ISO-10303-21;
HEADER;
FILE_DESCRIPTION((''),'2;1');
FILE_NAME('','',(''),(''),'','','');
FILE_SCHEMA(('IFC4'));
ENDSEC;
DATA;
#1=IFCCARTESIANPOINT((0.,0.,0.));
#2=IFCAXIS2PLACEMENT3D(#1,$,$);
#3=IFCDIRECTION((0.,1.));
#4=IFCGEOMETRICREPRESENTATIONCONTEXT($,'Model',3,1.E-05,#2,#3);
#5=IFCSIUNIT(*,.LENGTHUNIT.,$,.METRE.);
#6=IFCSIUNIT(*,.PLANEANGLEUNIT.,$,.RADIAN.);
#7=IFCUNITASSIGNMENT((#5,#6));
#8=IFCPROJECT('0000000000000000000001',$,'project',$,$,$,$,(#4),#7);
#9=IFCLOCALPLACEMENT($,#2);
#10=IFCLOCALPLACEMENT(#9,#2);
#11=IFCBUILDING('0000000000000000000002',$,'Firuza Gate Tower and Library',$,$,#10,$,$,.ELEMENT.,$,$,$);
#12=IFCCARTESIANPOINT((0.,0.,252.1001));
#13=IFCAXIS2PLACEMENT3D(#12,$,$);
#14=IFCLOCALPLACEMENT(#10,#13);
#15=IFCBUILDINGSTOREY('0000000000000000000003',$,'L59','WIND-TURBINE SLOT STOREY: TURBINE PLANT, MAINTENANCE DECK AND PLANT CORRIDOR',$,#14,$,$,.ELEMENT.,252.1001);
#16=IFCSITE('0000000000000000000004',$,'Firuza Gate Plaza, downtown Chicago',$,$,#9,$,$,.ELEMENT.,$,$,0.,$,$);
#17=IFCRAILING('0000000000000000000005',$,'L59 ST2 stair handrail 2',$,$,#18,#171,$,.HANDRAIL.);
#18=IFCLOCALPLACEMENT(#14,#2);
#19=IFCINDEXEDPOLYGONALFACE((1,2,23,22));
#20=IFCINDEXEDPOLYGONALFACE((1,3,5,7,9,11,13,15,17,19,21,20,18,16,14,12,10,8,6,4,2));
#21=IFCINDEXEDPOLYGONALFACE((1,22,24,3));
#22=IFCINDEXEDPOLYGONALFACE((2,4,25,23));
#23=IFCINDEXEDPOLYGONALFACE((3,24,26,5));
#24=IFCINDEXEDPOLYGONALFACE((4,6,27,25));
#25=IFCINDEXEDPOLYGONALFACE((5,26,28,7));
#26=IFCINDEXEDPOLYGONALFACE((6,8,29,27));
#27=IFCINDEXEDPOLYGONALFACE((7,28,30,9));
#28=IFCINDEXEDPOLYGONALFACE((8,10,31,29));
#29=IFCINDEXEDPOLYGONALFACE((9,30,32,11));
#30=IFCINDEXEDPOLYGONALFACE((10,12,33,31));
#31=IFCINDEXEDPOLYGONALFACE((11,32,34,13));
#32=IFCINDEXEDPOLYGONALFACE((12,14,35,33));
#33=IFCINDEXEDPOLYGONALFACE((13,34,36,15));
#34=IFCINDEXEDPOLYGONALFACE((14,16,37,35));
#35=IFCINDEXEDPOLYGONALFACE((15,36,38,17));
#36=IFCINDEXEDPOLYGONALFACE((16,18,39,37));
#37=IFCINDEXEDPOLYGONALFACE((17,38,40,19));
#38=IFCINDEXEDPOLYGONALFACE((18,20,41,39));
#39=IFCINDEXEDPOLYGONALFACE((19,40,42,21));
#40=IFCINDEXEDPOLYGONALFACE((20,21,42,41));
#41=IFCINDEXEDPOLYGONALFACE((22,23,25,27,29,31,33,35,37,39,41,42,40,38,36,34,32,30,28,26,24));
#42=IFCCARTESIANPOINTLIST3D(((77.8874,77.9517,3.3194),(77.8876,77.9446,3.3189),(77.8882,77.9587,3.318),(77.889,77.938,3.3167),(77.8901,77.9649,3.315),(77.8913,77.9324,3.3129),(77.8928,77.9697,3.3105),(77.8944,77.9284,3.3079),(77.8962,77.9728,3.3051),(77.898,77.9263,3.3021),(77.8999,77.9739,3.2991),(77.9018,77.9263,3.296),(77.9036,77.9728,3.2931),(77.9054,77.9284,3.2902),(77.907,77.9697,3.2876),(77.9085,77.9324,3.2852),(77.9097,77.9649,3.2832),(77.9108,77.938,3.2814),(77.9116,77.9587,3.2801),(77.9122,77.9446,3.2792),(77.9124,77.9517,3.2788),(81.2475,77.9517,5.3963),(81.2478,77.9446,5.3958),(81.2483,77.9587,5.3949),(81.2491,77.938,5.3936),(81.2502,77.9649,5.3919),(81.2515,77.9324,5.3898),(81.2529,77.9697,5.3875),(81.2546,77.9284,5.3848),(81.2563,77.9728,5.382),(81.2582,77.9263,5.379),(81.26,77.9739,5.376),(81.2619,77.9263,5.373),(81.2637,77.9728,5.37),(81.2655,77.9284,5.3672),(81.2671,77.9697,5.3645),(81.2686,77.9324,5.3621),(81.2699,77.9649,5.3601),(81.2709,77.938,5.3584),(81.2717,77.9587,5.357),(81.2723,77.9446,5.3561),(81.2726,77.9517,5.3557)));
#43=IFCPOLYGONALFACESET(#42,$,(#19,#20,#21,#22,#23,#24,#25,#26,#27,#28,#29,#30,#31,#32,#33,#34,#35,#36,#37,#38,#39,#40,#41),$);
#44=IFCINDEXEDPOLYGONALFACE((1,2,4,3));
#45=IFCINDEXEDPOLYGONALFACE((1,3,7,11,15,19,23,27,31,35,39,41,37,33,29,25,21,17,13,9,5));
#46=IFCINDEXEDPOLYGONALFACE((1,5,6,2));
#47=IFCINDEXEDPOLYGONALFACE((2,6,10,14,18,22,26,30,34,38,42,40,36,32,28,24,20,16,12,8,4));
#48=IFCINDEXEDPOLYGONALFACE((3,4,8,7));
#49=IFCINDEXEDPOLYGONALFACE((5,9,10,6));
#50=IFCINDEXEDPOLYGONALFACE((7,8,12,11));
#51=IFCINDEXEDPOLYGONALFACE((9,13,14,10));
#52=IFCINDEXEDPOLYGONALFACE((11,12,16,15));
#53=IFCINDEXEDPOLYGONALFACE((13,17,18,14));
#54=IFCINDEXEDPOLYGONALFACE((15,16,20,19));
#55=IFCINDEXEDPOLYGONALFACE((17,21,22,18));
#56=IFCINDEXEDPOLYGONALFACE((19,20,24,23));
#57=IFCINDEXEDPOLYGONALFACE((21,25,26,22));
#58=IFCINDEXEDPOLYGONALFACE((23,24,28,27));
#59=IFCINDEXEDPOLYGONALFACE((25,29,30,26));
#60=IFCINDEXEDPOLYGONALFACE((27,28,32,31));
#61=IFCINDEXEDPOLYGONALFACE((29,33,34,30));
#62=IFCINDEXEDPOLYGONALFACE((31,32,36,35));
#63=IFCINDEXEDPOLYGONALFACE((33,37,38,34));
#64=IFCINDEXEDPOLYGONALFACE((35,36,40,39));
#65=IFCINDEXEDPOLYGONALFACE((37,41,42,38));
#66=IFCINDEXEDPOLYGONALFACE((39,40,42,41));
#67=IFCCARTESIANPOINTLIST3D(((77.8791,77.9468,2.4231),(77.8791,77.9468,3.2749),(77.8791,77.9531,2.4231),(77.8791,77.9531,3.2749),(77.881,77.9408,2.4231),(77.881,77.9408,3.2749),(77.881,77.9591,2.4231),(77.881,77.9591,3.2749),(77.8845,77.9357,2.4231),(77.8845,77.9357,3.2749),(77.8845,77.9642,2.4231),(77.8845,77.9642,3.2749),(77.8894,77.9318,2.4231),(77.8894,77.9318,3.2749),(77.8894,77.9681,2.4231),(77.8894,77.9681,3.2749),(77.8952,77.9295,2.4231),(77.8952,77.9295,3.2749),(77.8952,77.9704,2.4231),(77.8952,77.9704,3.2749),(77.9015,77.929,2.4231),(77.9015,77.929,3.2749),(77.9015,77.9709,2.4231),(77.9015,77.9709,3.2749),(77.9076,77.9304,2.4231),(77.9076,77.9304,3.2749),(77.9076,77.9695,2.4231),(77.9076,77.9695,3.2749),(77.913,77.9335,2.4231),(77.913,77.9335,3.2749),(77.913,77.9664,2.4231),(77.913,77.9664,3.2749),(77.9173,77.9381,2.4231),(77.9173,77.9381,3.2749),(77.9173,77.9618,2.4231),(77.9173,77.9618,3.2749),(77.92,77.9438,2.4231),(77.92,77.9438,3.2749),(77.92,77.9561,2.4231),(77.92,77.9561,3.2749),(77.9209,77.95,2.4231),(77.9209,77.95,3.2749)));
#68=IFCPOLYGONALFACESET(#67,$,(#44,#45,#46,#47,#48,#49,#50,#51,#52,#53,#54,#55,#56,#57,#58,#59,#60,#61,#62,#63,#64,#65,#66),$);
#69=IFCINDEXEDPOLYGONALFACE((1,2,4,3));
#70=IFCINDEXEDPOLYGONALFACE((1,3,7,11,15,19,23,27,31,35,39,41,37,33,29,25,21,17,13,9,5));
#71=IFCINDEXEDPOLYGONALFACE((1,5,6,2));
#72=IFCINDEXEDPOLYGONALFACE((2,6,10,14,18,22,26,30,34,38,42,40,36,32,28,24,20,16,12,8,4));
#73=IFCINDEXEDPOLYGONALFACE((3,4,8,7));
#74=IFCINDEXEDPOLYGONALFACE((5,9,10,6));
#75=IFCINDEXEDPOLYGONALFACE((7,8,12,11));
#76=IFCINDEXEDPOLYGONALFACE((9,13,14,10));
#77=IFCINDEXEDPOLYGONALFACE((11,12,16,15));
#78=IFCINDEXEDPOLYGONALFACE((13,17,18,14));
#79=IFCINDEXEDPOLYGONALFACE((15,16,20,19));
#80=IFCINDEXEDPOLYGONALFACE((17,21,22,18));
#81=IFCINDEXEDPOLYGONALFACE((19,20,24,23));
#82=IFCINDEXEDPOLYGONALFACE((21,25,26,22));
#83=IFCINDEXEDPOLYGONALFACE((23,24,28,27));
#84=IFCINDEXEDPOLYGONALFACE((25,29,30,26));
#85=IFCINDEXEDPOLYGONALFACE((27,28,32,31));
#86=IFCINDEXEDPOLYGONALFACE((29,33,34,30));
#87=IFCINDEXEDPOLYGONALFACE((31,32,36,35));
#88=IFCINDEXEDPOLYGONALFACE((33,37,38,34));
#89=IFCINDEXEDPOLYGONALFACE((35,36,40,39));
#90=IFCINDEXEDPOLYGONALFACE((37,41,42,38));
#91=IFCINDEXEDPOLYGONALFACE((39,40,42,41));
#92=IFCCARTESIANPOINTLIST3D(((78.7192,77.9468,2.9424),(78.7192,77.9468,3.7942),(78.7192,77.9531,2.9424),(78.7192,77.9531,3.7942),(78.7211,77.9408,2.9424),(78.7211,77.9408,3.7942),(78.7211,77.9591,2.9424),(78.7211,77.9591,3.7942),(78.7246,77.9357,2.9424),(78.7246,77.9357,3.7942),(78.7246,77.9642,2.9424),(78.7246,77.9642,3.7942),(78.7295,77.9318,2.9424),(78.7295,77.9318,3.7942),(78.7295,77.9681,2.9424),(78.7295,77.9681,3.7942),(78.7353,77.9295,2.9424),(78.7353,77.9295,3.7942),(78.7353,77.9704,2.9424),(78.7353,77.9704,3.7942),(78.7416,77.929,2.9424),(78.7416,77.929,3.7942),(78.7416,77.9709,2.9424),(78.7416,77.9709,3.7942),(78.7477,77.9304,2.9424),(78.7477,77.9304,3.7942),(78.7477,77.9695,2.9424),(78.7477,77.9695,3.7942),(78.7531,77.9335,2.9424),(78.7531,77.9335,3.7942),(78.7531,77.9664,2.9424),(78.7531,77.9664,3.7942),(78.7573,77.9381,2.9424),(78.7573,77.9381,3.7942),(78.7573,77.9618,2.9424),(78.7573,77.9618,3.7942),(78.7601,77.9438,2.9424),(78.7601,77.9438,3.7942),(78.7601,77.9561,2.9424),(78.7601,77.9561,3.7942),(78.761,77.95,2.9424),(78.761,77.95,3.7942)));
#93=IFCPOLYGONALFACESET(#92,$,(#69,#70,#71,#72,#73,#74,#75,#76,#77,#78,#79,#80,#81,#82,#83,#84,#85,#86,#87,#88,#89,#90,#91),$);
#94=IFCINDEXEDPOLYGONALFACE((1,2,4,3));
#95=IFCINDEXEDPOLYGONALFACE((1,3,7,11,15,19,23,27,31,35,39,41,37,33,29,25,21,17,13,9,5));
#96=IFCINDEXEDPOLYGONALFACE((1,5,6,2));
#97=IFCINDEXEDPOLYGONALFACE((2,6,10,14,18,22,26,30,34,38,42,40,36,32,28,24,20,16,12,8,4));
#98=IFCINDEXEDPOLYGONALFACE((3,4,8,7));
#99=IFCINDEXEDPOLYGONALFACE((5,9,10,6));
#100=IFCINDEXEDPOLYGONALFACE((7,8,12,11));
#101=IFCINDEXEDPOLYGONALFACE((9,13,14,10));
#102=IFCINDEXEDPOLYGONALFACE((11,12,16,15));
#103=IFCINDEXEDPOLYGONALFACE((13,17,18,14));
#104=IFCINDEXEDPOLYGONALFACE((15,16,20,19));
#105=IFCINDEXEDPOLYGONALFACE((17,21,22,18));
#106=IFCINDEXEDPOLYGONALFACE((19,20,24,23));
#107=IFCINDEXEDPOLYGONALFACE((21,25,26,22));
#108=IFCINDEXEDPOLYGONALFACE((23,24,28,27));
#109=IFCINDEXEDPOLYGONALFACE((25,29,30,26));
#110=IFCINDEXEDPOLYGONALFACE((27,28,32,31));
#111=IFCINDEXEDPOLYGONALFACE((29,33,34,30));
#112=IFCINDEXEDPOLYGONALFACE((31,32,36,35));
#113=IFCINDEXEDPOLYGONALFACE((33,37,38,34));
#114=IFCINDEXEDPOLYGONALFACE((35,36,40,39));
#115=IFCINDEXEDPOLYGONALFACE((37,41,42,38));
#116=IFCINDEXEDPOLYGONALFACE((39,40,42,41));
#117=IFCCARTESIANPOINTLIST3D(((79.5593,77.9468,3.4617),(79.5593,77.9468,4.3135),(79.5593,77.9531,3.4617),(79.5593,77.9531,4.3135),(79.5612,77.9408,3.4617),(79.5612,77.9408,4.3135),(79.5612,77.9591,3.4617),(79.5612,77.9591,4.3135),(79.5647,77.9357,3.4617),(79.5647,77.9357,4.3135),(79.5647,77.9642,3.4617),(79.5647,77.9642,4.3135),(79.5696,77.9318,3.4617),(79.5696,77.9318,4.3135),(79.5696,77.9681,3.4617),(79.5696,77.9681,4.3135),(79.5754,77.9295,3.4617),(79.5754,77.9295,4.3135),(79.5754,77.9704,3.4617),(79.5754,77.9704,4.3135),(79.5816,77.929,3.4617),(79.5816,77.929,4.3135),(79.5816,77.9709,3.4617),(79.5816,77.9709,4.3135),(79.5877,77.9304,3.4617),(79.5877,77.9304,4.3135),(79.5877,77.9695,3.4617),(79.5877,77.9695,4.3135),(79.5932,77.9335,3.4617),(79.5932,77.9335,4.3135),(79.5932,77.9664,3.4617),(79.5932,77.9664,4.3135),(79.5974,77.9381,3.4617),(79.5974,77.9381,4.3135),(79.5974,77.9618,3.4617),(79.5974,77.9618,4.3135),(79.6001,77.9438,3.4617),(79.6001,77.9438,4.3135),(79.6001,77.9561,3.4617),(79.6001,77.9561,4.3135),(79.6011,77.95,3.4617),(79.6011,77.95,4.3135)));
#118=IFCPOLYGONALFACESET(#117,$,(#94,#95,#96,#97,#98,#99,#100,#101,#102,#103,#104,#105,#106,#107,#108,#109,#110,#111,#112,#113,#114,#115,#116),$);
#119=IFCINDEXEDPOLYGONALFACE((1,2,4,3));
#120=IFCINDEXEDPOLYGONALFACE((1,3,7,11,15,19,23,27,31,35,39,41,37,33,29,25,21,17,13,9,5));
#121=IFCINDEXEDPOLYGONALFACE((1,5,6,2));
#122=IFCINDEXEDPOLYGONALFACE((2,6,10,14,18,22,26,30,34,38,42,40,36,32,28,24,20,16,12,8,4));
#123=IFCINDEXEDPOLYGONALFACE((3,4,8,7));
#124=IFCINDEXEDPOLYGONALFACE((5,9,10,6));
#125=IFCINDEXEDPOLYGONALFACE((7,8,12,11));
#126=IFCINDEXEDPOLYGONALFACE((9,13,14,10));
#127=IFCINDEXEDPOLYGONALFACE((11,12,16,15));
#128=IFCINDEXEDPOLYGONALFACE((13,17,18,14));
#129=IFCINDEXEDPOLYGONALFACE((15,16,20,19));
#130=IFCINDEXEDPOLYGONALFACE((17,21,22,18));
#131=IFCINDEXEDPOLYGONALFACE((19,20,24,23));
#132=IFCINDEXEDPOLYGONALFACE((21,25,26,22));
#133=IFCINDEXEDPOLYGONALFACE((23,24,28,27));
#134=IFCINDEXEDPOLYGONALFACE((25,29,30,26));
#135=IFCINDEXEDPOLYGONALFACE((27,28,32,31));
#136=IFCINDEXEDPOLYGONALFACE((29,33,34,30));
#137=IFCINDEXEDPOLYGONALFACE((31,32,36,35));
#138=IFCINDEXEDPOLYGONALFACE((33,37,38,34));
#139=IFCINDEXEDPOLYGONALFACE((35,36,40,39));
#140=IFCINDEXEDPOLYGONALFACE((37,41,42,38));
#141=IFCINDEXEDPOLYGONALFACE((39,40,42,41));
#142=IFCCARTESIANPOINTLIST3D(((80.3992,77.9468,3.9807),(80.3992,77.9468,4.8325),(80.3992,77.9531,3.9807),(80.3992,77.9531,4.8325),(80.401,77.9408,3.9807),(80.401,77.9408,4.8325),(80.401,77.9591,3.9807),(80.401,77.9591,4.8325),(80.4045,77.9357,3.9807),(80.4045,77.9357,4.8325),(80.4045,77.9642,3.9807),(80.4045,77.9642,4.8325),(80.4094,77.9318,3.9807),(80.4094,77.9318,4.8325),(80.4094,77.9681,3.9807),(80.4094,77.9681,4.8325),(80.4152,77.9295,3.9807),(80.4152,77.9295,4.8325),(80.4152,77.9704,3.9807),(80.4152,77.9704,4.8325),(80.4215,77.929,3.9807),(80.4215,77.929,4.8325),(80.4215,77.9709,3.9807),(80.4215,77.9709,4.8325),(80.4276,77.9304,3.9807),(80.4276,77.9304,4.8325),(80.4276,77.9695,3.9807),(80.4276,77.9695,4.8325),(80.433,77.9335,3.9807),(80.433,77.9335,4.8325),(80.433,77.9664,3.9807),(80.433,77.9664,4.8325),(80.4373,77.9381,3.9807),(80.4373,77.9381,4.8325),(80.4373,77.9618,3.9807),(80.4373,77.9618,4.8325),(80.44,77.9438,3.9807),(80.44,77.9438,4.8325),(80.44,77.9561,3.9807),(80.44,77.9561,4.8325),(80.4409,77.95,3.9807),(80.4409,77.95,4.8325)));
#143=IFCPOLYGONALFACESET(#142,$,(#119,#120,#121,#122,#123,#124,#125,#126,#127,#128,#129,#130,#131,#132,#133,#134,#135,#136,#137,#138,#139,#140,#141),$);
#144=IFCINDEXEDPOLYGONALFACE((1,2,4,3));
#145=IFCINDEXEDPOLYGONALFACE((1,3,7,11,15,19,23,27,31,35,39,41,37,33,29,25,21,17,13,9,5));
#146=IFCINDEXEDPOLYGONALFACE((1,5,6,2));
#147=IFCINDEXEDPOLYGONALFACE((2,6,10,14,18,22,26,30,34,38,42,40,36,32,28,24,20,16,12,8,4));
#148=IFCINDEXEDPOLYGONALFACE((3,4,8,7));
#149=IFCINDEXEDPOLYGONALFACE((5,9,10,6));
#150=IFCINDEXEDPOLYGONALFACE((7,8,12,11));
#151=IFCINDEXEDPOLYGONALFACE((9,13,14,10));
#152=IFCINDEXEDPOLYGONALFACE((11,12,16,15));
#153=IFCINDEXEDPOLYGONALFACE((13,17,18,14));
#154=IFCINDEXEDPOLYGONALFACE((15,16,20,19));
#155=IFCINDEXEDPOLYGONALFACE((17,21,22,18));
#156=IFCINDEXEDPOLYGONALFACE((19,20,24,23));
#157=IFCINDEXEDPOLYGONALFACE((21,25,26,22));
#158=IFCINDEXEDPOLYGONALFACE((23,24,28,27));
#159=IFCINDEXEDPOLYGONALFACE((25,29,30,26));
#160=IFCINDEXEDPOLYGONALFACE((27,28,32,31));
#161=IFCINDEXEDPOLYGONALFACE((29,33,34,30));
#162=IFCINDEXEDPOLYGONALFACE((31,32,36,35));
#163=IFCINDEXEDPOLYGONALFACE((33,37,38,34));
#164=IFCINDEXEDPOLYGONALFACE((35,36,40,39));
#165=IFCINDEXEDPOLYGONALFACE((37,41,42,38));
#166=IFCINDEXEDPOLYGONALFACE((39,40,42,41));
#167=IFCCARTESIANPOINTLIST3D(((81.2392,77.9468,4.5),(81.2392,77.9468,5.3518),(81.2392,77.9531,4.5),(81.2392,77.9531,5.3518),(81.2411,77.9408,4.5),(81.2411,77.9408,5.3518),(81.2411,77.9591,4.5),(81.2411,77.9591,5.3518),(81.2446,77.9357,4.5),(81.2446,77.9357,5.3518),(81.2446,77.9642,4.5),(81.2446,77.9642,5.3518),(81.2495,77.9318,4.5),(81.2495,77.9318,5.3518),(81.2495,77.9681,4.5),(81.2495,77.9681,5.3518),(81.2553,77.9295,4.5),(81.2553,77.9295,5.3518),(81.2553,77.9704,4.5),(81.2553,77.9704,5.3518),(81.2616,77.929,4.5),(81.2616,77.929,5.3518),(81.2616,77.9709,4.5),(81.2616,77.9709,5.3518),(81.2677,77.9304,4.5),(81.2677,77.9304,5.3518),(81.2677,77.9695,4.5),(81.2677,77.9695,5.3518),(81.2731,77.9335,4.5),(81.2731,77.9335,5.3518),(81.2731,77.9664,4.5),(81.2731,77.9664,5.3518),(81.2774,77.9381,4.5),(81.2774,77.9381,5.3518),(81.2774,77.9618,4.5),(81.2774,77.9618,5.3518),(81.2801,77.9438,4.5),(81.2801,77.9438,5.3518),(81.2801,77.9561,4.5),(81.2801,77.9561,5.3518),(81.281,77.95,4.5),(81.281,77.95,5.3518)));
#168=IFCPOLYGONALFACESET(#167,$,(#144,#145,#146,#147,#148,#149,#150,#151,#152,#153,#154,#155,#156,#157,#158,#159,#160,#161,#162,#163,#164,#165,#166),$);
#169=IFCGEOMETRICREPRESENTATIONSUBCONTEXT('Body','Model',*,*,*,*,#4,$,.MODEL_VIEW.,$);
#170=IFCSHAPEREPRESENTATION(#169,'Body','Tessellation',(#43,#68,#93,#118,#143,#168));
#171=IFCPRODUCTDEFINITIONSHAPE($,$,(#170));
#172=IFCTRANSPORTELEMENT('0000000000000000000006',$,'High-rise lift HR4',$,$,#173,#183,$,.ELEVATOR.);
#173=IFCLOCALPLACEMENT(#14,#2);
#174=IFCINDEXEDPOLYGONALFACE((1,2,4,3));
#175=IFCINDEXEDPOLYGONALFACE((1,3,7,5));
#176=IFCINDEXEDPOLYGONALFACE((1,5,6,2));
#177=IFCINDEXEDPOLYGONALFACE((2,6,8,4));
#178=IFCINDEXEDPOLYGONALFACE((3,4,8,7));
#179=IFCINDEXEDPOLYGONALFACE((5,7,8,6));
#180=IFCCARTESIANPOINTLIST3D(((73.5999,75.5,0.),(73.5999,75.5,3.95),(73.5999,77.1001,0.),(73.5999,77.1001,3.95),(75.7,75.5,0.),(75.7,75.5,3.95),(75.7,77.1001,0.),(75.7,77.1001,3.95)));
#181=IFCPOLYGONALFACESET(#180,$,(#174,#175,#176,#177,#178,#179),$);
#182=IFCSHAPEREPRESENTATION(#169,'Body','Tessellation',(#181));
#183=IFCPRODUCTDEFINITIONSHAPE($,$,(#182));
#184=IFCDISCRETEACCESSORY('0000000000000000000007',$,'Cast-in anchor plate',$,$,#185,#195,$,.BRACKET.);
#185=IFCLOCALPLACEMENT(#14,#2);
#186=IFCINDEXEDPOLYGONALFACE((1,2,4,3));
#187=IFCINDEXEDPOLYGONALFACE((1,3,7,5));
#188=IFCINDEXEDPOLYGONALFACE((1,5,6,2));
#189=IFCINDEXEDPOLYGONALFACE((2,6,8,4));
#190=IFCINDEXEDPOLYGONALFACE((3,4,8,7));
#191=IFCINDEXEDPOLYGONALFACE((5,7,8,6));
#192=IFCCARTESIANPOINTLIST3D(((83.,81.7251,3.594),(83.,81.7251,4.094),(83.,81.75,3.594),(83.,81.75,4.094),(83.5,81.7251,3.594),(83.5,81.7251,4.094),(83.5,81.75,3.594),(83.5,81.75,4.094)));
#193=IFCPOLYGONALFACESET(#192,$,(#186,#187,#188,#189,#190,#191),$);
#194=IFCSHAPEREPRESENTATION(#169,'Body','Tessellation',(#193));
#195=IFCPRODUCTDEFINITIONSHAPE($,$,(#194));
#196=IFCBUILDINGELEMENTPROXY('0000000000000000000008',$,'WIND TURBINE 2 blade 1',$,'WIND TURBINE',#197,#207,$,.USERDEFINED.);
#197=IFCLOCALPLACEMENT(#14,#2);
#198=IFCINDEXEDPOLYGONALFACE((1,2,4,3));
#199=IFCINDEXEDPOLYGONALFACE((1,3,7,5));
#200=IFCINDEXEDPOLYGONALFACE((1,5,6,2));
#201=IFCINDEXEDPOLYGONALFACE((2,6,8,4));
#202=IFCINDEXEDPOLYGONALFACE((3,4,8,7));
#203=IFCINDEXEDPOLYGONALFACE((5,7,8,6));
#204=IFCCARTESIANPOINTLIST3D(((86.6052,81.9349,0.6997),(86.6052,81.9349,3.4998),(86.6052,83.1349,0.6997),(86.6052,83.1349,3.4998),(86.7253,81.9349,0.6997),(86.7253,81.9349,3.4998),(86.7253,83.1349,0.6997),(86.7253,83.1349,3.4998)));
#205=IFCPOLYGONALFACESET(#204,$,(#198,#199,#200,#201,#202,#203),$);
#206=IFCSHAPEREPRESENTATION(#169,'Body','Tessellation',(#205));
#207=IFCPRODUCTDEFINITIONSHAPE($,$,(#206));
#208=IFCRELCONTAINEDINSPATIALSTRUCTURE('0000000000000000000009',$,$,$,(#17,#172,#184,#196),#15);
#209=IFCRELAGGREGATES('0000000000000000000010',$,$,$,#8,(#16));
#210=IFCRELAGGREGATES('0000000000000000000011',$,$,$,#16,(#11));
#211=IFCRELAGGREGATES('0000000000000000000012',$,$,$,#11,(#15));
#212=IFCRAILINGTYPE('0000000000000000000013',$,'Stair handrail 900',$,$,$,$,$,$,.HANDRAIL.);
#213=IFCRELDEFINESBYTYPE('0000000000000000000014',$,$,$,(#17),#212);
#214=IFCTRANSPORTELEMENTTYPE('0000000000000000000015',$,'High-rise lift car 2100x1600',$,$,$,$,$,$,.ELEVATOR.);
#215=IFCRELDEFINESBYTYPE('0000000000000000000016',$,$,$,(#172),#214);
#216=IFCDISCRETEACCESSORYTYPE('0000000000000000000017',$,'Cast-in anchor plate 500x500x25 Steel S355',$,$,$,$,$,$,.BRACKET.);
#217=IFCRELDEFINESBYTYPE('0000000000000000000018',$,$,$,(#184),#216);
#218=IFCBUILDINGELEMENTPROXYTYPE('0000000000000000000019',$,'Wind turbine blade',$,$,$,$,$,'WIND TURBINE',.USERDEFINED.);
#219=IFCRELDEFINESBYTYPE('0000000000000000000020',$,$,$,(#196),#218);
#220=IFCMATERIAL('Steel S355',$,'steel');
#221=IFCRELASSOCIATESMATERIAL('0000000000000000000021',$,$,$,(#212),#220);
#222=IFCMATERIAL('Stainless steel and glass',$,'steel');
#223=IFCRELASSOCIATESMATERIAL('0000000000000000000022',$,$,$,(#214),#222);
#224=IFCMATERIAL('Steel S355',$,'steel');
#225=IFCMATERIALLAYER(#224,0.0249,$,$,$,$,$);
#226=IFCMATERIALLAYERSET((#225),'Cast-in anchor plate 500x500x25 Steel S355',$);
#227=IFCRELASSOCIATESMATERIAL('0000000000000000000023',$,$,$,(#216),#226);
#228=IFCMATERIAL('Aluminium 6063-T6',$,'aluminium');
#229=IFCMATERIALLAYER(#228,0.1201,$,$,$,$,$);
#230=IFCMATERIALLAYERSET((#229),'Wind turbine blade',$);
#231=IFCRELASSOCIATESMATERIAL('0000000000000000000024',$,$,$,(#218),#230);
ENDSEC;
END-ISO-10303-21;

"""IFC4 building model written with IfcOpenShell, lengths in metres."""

from ifc_helpers import new_model, si_unit, direction, frame, origin, origin_2d, place, context, subcontext, project, spatial, rectangle, circle, extrude, material, layer, layer_set, type_object, element, save


model = new_model("IFC4")

# Units and contexts
model_context = context("Model", 3, precision=1e-05, world=origin(), true_north=direction((0.0, 1.0)))
body_context = subcontext(model_context, "Body", "Model", "MODEL_VIEW")
ifc_project = project(units=[si_unit("LENGTHUNIT", "METRE"), si_unit("PLANEANGLEUNIT", "RADIAN")], contexts=[model_context])

# Site, building, storey
site_placement = place(None, origin())
site = spatial("IfcSite", under=ifc_project, at=site_placement, Name="Firuza Gate Plaza, downtown Chicago", CompositionType="ELEMENT", RefElevation=0.0)
building_placement = place(site_placement, origin())
building = spatial("IfcBuilding", under=site, at=building_placement, Name="Firuza Gate Tower and Library", CompositionType="ELEMENT")
storey_placement = place(building_placement, frame((0.0, 0.0, 252.1001)))
storey = spatial("IfcBuildingStorey", under=building, at=storey_placement, Name="L59", Description="WIND-TURBINE SLOT STOREY: TURBINE PLANT, MAINTENANCE DECK AND PLANT CORRIDOR", CompositionType="ELEMENT", Elevation=252.1001)

# Railing
ifc_material_1 = material(Name="Steel S355", Category="steel")
railing_type_1 = type_object("IfcRailingType", Name="Stair handrail 900", PredefinedType="HANDRAIL", material=ifc_material_1)
railing_1_placement = place(storey_placement, frame((77.8999, 77.95, 2.4231)))
element("IfcRailing", 1, at=railing_1_placement, inside=storey, type_object=railing_type_1, Name="L59 ST2 stair handrail 2", PredefinedType="HANDRAIL", context=body_context, shape_type="SweptSolid", body=[
    extrude(circle(Radius=0.0239, at=origin_2d()), frame((0.0, 0.0, 0.876), z_axis=(0.850623, 0.0, 0.525776), x_axis=(0.0, 1.0, 0.0)), (0.0, 0.0, 1.0), 3.9502),
    extrude(circle(Radius=0.021, at=origin_2d()), origin(), (0.0, 0.0, 1.0), 0.8518),
    extrude(circle(Radius=0.021, at=origin_2d()), frame((0.8401, 0.0, 0.5193)), (0.0, 0.0, 1.0), 0.8518),
    extrude(circle(Radius=0.021, at=origin_2d()), frame((1.6802, 0.0, 1.0386)), (0.0, 0.0, 1.0), 0.8518),
    extrude(circle(Radius=0.021, at=origin_2d()), frame((2.52, 0.0, 1.5576)), (0.0, 0.0, 1.0), 0.8518),
    extrude(circle(Radius=0.021, at=origin_2d()), frame((3.3601, 0.0, 2.0769)), (0.0, 0.0, 1.0), 0.8518),
])

# Transport element
ifc_material_2 = material(Name="Stainless steel and glass", Category="steel")
transport_element_type = type_object("IfcTransportElementType", Name="High-rise lift car 2100x1600", PredefinedType="ELEVATOR", material=ifc_material_2)
transport_element_placement = place(storey_placement, frame((74.6499, 76.3, 0.0), z_axis=(0.0, 0.0, 1.0), x_axis=(1.0, 0.0, 0.0)))
element("IfcTransportElement", 2, at=transport_element_placement, inside=storey, type_object=transport_element_type, Name="High-rise lift HR4", PredefinedType="ELEVATOR", context=body_context, shape_type="SweptSolid", body=[
    extrude(rectangle(XDim=2.1001, YDim=1.6001, at=origin_2d()), origin(), (0.0, 0.0, 1.0), 3.95),
])

# Discrete accessory
ifc_material_3 = material(Name="Steel S355", Category="steel")
ifc_layer_1 = layer(ifc_material_3, 0.0249)
ifc_layer_set_1 = layer_set([ifc_layer_1], Name="Cast-in anchor plate 500x500x25 Steel S355")
discrete_accessory_type = type_object("IfcDiscreteAccessoryType", Name="Cast-in anchor plate 500x500x25 Steel S355", PredefinedType="BRACKET", material=ifc_layer_set_1)
discrete_accessory_placement = place(storey_placement, frame((83.25, 81.7375, 3.594), z_axis=(0.0, 0.0, 1.0), x_axis=(1.0, 0.0, 0.0)))
element("IfcDiscreteAccessory", 3, at=discrete_accessory_placement, inside=storey, type_object=discrete_accessory_type, Name="Cast-in anchor plate", PredefinedType="BRACKET", context=body_context, shape_type="SweptSolid", body=[
    extrude(rectangle(XDim=0.5, YDim=0.0249, at=origin_2d()), origin(), (0.0, 0.0, 1.0), 0.5),
])

# Building element proxy
ifc_material_4 = material(Name="Aluminium 6063-T6", Category="aluminium")
ifc_layer_2 = layer(ifc_material_4, 0.1201)
ifc_layer_set_2 = layer_set([ifc_layer_2], Name="Wind turbine blade")
building_element_proxy_type_1 = type_object("IfcBuildingElementProxyType", Name="Wind turbine blade", ElementType="WIND TURBINE", PredefinedType="USERDEFINED", material=ifc_layer_set_2)
for number, where, z_axis, x_axis, name in (
    (4, (86.6653, 82.5349, 0.6997), (0.0, 0.0, 1.0), (0.0, 1.0, 0.0), "WIND TURBINE 2 blade 1"),
):
    element("IfcBuildingElementProxy", number, at=place(storey_placement, frame(where, z_axis=z_axis, x_axis=x_axis)), inside=storey, type_object=building_element_proxy_type_1, Name=name, ObjectType="WIND TURBINE", PredefinedType="USERDEFINED", context=body_context, shape_type="SweptSolid", body=[
        extrude(rectangle(XDim=1.2, YDim=0.1201, at=origin_2d()), origin(), (0.0, 0.0, 1.0), 2.8),
    ])

save(model, "model.ifc")
